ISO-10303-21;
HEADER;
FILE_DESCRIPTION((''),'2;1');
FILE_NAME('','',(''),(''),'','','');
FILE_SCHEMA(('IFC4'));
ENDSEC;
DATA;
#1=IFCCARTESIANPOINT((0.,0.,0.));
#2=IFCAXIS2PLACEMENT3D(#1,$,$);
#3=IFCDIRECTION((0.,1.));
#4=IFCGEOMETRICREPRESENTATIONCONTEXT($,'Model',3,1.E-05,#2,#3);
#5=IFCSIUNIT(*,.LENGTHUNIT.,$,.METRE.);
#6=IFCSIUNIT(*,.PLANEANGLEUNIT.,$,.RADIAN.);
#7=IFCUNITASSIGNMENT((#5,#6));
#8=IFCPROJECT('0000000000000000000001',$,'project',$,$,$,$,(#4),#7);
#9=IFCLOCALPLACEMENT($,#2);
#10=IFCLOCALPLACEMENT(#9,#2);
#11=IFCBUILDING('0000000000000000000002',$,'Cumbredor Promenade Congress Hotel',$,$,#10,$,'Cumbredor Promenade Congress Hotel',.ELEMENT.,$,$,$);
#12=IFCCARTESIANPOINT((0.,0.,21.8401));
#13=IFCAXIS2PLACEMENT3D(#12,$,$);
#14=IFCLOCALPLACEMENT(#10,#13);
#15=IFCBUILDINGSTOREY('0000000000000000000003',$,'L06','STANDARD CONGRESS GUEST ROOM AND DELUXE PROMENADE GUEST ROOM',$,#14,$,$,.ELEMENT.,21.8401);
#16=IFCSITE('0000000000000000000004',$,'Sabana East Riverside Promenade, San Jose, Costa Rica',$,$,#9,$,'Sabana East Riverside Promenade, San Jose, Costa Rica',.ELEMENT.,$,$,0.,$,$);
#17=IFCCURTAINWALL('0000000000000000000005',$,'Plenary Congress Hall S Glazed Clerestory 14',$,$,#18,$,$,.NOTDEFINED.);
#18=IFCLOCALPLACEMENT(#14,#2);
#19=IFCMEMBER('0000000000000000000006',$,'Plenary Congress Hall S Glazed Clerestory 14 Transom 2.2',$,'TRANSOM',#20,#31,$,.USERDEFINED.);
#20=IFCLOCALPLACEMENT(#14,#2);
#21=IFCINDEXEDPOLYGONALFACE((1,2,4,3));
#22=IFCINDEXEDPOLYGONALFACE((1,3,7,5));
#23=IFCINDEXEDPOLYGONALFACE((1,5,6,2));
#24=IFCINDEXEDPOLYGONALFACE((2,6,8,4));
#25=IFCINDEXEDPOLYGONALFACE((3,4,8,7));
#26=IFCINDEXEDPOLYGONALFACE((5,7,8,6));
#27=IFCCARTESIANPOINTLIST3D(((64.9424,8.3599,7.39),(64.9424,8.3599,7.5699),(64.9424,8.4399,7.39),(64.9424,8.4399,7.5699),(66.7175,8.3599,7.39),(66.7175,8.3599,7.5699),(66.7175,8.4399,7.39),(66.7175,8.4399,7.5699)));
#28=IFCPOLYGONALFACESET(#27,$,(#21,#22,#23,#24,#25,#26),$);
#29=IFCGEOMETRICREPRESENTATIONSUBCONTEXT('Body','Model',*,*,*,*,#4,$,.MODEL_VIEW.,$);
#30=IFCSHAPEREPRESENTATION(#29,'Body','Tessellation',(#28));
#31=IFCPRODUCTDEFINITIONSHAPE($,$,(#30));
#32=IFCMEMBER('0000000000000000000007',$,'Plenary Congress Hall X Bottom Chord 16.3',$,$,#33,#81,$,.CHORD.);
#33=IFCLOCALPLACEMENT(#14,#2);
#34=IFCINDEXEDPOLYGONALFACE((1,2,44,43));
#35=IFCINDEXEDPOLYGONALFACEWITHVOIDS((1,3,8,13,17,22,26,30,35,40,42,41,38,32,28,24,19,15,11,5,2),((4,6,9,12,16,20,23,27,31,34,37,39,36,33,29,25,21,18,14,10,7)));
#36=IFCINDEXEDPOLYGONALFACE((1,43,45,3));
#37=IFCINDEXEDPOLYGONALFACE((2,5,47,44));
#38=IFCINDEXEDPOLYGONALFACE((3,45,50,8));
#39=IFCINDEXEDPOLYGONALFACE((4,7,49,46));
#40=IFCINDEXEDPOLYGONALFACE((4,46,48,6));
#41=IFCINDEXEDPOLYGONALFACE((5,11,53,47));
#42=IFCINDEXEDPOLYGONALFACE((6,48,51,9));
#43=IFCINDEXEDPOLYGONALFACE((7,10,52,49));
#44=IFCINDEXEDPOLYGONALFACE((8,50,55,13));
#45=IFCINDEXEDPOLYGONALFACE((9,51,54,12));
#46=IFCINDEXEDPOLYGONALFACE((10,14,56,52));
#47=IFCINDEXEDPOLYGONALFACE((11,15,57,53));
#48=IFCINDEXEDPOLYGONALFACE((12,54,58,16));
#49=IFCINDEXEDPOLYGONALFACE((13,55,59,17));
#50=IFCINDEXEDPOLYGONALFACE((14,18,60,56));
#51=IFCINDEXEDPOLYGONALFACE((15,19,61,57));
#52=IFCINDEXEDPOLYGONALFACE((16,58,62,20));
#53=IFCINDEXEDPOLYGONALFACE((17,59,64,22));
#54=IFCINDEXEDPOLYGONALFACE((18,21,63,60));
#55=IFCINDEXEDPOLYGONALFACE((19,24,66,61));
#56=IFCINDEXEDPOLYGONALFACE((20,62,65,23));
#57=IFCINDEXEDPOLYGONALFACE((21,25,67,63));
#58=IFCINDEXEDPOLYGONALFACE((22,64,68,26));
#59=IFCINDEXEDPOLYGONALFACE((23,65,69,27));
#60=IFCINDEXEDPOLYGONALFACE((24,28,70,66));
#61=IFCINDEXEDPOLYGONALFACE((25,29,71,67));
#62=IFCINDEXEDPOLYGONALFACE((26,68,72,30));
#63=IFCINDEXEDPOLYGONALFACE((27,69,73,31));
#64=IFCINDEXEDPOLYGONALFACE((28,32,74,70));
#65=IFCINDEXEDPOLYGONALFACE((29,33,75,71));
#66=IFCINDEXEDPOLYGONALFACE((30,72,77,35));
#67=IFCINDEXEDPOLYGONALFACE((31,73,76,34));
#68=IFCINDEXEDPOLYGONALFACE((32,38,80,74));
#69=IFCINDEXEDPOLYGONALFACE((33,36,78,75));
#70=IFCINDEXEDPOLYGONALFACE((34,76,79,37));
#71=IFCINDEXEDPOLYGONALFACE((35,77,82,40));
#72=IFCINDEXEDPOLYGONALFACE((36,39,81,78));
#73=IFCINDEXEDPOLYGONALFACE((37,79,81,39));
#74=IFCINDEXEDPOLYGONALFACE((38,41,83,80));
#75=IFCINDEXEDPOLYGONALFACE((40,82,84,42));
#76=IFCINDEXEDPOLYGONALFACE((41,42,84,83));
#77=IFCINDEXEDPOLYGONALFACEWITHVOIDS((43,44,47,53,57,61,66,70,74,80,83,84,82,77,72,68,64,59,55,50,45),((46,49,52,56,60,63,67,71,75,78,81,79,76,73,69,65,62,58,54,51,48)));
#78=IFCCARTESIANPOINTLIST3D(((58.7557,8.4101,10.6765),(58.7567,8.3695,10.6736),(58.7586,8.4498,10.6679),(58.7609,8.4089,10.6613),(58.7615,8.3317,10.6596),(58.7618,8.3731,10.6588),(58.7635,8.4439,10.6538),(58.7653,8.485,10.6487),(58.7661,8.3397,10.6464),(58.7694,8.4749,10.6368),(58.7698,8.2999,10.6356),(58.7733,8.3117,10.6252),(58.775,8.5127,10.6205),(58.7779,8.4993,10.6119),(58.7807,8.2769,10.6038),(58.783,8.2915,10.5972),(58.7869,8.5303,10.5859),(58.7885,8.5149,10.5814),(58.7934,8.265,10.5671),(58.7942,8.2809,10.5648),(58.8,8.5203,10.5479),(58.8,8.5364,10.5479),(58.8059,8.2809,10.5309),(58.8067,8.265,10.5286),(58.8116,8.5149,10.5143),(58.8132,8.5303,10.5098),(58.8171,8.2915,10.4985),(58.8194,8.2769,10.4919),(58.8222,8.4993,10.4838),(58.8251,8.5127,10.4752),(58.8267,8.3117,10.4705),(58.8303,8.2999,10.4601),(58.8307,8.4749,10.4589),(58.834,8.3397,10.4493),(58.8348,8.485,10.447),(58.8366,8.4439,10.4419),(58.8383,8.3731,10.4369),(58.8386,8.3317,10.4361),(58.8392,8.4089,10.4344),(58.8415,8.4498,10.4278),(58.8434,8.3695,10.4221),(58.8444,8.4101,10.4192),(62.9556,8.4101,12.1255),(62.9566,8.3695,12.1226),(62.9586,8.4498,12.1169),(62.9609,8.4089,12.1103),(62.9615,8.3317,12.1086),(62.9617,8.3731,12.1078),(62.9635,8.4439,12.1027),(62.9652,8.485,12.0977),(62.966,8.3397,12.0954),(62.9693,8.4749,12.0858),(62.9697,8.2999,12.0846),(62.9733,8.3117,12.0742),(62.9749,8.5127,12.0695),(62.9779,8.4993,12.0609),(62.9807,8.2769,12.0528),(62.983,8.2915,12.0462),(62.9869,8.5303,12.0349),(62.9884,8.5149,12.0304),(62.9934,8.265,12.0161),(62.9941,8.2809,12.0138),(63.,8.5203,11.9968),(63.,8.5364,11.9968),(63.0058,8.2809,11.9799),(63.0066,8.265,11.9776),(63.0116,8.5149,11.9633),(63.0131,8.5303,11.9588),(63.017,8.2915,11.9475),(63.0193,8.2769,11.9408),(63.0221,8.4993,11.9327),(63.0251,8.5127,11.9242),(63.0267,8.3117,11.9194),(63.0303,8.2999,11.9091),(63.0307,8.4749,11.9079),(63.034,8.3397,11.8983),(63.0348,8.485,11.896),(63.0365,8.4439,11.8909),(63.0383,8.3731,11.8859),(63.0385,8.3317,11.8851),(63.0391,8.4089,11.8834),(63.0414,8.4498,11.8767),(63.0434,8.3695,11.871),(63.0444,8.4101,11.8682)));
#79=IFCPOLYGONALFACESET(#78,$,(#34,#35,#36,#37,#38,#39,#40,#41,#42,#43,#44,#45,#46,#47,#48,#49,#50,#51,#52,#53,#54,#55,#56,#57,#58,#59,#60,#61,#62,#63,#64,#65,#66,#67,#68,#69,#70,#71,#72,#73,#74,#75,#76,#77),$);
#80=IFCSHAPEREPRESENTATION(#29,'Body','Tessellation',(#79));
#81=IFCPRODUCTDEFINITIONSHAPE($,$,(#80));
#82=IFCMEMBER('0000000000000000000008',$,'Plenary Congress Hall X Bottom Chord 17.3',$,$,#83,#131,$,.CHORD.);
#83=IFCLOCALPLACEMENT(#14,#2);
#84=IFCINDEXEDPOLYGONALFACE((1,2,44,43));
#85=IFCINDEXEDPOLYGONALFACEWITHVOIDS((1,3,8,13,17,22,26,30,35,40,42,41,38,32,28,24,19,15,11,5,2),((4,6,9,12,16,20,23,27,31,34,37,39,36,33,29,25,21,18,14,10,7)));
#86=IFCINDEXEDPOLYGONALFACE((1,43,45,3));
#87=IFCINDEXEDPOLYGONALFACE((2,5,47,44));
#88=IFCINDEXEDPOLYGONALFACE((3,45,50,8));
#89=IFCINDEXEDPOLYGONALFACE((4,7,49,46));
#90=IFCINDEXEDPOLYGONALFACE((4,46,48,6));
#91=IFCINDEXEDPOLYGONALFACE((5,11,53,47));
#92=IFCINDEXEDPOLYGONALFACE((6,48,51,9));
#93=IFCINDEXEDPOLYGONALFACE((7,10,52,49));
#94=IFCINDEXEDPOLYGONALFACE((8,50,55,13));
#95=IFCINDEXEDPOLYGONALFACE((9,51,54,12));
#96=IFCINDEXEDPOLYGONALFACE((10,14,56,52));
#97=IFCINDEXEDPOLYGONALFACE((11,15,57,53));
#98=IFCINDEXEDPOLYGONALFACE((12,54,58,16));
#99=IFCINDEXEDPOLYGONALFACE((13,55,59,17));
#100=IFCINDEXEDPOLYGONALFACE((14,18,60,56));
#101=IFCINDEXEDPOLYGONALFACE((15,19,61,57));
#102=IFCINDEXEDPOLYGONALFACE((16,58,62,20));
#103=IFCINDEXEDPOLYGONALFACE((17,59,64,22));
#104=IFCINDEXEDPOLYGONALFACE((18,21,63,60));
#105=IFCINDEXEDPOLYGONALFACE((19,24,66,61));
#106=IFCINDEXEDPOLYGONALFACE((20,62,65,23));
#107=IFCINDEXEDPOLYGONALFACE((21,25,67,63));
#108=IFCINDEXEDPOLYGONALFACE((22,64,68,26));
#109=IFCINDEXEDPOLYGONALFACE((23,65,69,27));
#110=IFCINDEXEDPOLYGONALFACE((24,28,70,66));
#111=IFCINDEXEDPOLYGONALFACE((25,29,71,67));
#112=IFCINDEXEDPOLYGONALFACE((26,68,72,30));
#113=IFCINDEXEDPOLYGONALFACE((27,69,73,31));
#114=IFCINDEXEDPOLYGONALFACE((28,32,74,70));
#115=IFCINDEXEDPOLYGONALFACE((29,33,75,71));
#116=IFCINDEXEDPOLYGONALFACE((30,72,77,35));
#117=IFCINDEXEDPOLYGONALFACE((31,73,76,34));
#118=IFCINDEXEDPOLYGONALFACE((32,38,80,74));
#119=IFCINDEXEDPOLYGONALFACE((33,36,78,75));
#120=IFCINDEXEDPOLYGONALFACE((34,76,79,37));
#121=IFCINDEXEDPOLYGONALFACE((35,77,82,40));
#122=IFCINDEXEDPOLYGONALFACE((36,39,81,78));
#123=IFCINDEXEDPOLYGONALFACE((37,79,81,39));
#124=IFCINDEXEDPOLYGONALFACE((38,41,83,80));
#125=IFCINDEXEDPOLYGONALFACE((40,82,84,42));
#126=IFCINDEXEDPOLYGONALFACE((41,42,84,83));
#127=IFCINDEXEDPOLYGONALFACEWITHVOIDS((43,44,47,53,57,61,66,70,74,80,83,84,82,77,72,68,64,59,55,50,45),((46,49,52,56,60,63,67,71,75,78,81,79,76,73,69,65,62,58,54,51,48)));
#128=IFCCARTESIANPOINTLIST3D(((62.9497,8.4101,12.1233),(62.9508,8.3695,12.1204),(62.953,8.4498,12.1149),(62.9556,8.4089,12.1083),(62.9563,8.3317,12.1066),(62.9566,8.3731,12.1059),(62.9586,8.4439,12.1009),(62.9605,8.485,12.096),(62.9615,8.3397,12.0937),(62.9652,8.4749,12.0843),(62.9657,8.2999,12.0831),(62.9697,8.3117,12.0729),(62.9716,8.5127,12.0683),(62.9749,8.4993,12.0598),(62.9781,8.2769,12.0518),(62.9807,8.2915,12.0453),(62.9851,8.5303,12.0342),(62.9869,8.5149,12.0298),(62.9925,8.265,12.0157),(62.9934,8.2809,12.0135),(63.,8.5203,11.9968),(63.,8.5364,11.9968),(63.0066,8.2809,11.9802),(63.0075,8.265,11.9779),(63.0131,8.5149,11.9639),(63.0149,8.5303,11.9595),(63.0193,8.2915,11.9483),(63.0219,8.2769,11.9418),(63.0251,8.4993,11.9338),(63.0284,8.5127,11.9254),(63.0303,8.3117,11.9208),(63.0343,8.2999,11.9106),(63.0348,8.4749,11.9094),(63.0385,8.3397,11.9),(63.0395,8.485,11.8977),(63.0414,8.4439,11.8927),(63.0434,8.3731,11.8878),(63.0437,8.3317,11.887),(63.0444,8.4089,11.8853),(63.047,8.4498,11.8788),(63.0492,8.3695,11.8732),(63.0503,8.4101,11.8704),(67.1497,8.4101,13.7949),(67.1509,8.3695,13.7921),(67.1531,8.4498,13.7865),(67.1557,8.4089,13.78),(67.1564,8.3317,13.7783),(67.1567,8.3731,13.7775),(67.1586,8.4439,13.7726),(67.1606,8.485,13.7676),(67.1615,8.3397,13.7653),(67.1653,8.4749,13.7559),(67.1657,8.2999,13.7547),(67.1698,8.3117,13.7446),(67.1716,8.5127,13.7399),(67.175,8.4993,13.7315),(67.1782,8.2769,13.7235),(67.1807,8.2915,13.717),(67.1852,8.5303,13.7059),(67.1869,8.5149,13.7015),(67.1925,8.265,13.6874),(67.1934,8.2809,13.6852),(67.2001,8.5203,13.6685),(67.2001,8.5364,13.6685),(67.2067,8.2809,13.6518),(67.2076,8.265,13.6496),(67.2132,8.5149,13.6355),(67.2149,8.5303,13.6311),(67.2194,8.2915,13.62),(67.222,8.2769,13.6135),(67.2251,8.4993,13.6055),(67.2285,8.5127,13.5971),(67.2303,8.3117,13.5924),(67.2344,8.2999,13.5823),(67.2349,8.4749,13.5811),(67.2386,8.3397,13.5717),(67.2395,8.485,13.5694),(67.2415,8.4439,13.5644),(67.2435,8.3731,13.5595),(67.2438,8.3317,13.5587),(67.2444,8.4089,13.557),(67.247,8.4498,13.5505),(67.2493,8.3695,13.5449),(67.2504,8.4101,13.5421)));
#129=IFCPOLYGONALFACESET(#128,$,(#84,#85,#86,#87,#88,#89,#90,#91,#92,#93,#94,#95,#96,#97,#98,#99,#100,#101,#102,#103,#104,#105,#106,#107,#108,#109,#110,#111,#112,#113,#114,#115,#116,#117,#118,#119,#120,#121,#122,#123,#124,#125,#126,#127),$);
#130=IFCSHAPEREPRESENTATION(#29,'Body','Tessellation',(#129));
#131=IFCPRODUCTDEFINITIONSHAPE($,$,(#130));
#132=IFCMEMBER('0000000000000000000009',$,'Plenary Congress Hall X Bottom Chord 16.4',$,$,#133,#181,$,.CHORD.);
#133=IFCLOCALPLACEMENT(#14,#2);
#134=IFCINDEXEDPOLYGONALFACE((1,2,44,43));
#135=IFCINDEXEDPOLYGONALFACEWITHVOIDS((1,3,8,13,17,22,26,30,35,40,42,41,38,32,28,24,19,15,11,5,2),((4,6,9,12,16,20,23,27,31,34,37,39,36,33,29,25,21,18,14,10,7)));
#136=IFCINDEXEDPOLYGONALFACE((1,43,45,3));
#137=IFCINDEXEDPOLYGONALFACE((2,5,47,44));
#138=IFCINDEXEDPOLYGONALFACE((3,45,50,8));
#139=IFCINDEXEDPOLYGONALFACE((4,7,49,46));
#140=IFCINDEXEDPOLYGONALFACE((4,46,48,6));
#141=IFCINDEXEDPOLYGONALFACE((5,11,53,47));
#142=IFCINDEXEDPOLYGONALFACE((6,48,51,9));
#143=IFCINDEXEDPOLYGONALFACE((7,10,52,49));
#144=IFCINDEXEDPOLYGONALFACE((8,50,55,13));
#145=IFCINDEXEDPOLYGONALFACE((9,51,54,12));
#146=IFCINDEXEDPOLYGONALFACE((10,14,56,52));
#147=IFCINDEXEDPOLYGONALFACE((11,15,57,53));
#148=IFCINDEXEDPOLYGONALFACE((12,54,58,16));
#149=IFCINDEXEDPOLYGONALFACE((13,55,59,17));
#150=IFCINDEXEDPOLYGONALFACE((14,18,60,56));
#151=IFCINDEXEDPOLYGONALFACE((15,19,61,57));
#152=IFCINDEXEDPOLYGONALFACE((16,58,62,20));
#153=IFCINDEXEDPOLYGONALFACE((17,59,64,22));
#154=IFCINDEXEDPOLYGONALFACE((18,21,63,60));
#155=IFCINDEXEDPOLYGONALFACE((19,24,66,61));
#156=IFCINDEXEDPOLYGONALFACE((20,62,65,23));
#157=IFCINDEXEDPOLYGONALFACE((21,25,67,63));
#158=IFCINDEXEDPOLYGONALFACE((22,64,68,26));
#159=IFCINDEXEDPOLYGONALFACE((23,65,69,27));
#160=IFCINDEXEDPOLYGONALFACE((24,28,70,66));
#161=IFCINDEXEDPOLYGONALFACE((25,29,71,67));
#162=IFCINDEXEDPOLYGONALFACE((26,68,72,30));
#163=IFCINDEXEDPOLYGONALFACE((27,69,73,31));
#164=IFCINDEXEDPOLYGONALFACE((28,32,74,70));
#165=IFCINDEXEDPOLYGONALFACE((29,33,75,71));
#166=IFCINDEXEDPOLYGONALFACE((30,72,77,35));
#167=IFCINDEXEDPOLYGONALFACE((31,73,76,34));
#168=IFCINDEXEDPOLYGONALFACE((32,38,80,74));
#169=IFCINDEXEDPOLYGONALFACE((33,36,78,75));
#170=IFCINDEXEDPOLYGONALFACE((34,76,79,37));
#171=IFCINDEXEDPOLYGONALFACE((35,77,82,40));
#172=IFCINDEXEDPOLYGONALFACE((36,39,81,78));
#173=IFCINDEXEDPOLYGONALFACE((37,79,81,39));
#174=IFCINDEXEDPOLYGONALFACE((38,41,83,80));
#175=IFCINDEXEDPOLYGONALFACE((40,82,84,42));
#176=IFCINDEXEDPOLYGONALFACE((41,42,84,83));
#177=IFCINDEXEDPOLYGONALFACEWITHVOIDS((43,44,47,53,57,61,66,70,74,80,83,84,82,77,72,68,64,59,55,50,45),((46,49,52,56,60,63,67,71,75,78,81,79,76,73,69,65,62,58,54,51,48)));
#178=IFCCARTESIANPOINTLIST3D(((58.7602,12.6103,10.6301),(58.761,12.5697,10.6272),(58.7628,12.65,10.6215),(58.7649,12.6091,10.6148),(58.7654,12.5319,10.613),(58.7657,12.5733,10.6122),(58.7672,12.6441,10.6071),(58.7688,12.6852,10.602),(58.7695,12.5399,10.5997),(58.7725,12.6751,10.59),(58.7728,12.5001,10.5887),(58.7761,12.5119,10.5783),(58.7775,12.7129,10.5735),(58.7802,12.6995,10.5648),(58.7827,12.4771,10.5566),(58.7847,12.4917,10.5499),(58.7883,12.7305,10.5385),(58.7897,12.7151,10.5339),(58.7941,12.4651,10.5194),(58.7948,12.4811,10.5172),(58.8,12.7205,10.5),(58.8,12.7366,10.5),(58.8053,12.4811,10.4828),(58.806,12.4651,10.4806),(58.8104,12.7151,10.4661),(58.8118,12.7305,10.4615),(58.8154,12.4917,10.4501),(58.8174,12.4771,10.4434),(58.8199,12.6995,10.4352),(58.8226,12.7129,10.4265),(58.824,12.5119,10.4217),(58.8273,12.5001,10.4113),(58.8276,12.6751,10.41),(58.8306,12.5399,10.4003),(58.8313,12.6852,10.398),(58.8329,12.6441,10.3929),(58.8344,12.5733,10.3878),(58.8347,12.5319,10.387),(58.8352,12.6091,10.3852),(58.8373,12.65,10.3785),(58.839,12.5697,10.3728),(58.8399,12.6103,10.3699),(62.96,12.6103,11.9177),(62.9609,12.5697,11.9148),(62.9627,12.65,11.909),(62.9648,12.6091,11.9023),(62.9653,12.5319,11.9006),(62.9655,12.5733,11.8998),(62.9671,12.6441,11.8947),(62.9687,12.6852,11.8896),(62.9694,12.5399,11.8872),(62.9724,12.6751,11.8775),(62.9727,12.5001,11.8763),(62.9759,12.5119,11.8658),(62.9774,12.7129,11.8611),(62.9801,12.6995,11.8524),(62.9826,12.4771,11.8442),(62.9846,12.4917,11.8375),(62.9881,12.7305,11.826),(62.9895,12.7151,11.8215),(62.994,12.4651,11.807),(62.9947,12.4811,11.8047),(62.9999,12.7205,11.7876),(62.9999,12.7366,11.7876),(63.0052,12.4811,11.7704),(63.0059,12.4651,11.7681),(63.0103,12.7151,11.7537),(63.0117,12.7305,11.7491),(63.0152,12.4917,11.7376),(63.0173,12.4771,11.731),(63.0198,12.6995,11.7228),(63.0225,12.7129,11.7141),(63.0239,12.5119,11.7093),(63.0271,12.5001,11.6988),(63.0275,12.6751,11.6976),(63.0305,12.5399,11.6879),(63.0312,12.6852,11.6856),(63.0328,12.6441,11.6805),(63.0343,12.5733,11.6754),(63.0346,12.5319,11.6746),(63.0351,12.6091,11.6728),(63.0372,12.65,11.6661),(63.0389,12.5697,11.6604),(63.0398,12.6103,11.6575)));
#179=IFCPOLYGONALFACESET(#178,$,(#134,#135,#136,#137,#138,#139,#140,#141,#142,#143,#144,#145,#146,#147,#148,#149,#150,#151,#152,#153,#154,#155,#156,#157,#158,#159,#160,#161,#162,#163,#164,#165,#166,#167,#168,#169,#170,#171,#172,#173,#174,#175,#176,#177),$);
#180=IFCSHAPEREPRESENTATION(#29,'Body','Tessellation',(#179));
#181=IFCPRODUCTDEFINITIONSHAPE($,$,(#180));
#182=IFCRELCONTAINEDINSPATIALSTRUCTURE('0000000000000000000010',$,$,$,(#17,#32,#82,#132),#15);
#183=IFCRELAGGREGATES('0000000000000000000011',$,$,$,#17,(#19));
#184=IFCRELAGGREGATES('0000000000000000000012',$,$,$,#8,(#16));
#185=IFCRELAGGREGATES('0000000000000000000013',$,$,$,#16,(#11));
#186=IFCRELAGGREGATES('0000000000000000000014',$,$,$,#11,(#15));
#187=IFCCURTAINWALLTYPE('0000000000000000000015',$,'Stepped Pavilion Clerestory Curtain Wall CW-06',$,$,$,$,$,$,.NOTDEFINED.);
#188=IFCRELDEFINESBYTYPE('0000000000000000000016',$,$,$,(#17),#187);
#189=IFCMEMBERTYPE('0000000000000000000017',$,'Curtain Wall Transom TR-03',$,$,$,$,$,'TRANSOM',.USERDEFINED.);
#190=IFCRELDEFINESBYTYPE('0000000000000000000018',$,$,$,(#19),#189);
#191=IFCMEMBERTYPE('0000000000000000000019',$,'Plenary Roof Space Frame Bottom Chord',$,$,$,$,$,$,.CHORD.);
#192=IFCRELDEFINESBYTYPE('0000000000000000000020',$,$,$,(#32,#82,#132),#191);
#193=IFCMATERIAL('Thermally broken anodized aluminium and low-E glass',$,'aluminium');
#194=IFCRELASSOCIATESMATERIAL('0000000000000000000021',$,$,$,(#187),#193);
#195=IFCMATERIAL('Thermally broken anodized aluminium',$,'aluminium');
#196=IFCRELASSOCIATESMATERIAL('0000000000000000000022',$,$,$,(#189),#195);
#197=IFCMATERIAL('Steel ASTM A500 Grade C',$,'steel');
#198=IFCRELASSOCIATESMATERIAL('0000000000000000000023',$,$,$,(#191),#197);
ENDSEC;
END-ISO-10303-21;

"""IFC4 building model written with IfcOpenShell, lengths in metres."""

from ifc_helpers import new_model, si_unit, direction, frame, origin, origin_2d, place, context, subcontext, project, spatial, rectangle, hollow_circle, extrude, material, material_profile, profile_set, type_object, element, aggregate, save


model = new_model("IFC4")

# Units and contexts
model_context = context("Model", 3, precision=1e-05, world=origin(), true_north=direction((0.0, 1.0)))
body_context = subcontext(model_context, "Body", "Model", "MODEL_VIEW")
ifc_project = project(units=[si_unit("LENGTHUNIT", "METRE"), si_unit("PLANEANGLEUNIT", "RADIAN")], contexts=[model_context])

# Site, building, storey
site_placement = place(None, origin())
site = spatial("IfcSite", under=ifc_project, at=site_placement, Name="Sabana East Riverside Promenade, San Jose, Costa Rica", LongName="Sabana East Riverside Promenade, San Jose, Costa Rica", CompositionType="ELEMENT", RefElevation=0.0)
building_placement = place(site_placement, origin())
building = spatial("IfcBuilding", under=site, at=building_placement, Name="Cumbredor Promenade Congress Hotel", LongName="Cumbredor Promenade Congress Hotel", CompositionType="ELEMENT")
storey_placement = place(building_placement, frame((0.0, 0.0, 21.8401)))
storey = spatial("IfcBuildingStorey", under=building, at=storey_placement, Name="L06", Description="STANDARD CONGRESS GUEST ROOM AND DELUXE PROMENADE GUEST ROOM", CompositionType="ELEMENT", Elevation=21.8401)

# Curtain wall, member
ifc_material_1 = material(Name="Thermally broken anodized aluminium and low-E glass", Category="aluminium")
curtain_wall_type = type_object("IfcCurtainWallType", Name="Stepped Pavilion Clerestory Curtain Wall CW-06", PredefinedType="NOTDEFINED", material=ifc_material_1)
curtain_wall_placement = place(storey_placement, origin())
curtain_wall = element("IfcCurtainWall", 1, at=curtain_wall_placement, inside=storey, type_object=curtain_wall_type, Name="Plenary Congress Hall S Glazed Clerestory 14", PredefinedType="NOTDEFINED")
ifc_material_2 = material(Name="Thermally broken anodized aluminium", Category="aluminium")
ifc_material_profile_1 = material_profile(ifc_material_2, rectangle(XDim=0.0801, YDim=0.1799, at=origin_2d()), Name="ALU TRANSOM 80x180")
ifc_profile_set_1 = profile_set([ifc_material_profile_1], Name="Thermally broken anodized aluminium")
member_type_1 = type_object("IfcMemberType", Name="Curtain Wall Transom TR-03", ElementType="TRANSOM", PredefinedType="USERDEFINED", material=ifc_profile_set_1)
member_1_placement = place(storey_placement, frame((64.9424, 8.3999, 7.48), z_axis=(1.0, 0.0, 0.0), x_axis=(0.0, 1.0, 0.0)))
member_1 = element("IfcMember", 2, at=member_1_placement, type_object=member_type_1, Name="Plenary Congress Hall S Glazed Clerestory 14 Transom 2.2", ObjectType="TRANSOM", PredefinedType="USERDEFINED", context=body_context, shape_type="SweptSolid", body=[
    extrude(rectangle(XDim=0.0801, YDim=0.1799, at=origin_2d()), origin(), (0.0, 0.0, 1.0), 1.7751),
])

# Members
ifc_material_3 = material(Name="Steel ASTM A500 Grade C", Category="steel")
ifc_material_profile_2 = material_profile(ifc_material_3, hollow_circle(Radius=0.1365, WallThickness=0.0161, at=origin_2d()), Name="CHS 273.0x16")
ifc_profile_set_2 = profile_set([ifc_material_profile_2], Name="Steel ASTM A500 Grade C")
member_type_2 = type_object("IfcMemberType", Name="Plenary Roof Space Frame Bottom Chord", PredefinedType="CHORD", material=ifc_profile_set_2)
member_2_placement = place(storey_placement, frame((58.8, 8.3999, 10.5479), z_axis=(0.945323, 0.0, 0.326135), x_axis=(0.0, 1.0, 0.0)))
element("IfcMember", 3, at=member_2_placement, inside=storey, type_object=member_type_2, Name="Plenary Congress Hall X Bottom Chord 16.3", PredefinedType="CHORD", context=body_context, shape_type="SweptSolid", body=[
    extrude(hollow_circle(Radius=0.1365, WallThickness=0.0161, at=origin_2d()), origin(), (0.0, 0.0, 1.0), 4.4429),
])
member_3_placement = place(storey_placement, frame((63.0, 8.3999, 11.9968), z_axis=(0.929112, 0.0, 0.369798), x_axis=(0.0, 1.0, 0.0)))
element("IfcMember", 4, at=member_3_placement, inside=storey, type_object=member_type_2, Name="Plenary Congress Hall X Bottom Chord 17.3", PredefinedType="CHORD", context=body_context, shape_type="SweptSolid", body=[
    extrude(hollow_circle(Radius=0.1365, WallThickness=0.0161, at=origin_2d()), origin(), (0.0, 0.0, 1.0), 4.5205),
])
member_4_placement = place(storey_placement, frame((58.8, 12.6001, 10.5), z_axis=(0.956079, 0.0, 0.293109), x_axis=(0.0, 1.0, 0.0)))
element("IfcMember", 5, at=member_4_placement, inside=storey, type_object=member_type_2, Name="Plenary Congress Hall X Bottom Chord 16.4", PredefinedType="CHORD", context=body_context, shape_type="SweptSolid", body=[
    extrude(hollow_circle(Radius=0.1365, WallThickness=0.0161, at=origin_2d()), origin(), (0.0, 0.0, 1.0), 4.3928),
])

aggregate(curtain_wall, [member_1])

save(model, "model.ifc")
